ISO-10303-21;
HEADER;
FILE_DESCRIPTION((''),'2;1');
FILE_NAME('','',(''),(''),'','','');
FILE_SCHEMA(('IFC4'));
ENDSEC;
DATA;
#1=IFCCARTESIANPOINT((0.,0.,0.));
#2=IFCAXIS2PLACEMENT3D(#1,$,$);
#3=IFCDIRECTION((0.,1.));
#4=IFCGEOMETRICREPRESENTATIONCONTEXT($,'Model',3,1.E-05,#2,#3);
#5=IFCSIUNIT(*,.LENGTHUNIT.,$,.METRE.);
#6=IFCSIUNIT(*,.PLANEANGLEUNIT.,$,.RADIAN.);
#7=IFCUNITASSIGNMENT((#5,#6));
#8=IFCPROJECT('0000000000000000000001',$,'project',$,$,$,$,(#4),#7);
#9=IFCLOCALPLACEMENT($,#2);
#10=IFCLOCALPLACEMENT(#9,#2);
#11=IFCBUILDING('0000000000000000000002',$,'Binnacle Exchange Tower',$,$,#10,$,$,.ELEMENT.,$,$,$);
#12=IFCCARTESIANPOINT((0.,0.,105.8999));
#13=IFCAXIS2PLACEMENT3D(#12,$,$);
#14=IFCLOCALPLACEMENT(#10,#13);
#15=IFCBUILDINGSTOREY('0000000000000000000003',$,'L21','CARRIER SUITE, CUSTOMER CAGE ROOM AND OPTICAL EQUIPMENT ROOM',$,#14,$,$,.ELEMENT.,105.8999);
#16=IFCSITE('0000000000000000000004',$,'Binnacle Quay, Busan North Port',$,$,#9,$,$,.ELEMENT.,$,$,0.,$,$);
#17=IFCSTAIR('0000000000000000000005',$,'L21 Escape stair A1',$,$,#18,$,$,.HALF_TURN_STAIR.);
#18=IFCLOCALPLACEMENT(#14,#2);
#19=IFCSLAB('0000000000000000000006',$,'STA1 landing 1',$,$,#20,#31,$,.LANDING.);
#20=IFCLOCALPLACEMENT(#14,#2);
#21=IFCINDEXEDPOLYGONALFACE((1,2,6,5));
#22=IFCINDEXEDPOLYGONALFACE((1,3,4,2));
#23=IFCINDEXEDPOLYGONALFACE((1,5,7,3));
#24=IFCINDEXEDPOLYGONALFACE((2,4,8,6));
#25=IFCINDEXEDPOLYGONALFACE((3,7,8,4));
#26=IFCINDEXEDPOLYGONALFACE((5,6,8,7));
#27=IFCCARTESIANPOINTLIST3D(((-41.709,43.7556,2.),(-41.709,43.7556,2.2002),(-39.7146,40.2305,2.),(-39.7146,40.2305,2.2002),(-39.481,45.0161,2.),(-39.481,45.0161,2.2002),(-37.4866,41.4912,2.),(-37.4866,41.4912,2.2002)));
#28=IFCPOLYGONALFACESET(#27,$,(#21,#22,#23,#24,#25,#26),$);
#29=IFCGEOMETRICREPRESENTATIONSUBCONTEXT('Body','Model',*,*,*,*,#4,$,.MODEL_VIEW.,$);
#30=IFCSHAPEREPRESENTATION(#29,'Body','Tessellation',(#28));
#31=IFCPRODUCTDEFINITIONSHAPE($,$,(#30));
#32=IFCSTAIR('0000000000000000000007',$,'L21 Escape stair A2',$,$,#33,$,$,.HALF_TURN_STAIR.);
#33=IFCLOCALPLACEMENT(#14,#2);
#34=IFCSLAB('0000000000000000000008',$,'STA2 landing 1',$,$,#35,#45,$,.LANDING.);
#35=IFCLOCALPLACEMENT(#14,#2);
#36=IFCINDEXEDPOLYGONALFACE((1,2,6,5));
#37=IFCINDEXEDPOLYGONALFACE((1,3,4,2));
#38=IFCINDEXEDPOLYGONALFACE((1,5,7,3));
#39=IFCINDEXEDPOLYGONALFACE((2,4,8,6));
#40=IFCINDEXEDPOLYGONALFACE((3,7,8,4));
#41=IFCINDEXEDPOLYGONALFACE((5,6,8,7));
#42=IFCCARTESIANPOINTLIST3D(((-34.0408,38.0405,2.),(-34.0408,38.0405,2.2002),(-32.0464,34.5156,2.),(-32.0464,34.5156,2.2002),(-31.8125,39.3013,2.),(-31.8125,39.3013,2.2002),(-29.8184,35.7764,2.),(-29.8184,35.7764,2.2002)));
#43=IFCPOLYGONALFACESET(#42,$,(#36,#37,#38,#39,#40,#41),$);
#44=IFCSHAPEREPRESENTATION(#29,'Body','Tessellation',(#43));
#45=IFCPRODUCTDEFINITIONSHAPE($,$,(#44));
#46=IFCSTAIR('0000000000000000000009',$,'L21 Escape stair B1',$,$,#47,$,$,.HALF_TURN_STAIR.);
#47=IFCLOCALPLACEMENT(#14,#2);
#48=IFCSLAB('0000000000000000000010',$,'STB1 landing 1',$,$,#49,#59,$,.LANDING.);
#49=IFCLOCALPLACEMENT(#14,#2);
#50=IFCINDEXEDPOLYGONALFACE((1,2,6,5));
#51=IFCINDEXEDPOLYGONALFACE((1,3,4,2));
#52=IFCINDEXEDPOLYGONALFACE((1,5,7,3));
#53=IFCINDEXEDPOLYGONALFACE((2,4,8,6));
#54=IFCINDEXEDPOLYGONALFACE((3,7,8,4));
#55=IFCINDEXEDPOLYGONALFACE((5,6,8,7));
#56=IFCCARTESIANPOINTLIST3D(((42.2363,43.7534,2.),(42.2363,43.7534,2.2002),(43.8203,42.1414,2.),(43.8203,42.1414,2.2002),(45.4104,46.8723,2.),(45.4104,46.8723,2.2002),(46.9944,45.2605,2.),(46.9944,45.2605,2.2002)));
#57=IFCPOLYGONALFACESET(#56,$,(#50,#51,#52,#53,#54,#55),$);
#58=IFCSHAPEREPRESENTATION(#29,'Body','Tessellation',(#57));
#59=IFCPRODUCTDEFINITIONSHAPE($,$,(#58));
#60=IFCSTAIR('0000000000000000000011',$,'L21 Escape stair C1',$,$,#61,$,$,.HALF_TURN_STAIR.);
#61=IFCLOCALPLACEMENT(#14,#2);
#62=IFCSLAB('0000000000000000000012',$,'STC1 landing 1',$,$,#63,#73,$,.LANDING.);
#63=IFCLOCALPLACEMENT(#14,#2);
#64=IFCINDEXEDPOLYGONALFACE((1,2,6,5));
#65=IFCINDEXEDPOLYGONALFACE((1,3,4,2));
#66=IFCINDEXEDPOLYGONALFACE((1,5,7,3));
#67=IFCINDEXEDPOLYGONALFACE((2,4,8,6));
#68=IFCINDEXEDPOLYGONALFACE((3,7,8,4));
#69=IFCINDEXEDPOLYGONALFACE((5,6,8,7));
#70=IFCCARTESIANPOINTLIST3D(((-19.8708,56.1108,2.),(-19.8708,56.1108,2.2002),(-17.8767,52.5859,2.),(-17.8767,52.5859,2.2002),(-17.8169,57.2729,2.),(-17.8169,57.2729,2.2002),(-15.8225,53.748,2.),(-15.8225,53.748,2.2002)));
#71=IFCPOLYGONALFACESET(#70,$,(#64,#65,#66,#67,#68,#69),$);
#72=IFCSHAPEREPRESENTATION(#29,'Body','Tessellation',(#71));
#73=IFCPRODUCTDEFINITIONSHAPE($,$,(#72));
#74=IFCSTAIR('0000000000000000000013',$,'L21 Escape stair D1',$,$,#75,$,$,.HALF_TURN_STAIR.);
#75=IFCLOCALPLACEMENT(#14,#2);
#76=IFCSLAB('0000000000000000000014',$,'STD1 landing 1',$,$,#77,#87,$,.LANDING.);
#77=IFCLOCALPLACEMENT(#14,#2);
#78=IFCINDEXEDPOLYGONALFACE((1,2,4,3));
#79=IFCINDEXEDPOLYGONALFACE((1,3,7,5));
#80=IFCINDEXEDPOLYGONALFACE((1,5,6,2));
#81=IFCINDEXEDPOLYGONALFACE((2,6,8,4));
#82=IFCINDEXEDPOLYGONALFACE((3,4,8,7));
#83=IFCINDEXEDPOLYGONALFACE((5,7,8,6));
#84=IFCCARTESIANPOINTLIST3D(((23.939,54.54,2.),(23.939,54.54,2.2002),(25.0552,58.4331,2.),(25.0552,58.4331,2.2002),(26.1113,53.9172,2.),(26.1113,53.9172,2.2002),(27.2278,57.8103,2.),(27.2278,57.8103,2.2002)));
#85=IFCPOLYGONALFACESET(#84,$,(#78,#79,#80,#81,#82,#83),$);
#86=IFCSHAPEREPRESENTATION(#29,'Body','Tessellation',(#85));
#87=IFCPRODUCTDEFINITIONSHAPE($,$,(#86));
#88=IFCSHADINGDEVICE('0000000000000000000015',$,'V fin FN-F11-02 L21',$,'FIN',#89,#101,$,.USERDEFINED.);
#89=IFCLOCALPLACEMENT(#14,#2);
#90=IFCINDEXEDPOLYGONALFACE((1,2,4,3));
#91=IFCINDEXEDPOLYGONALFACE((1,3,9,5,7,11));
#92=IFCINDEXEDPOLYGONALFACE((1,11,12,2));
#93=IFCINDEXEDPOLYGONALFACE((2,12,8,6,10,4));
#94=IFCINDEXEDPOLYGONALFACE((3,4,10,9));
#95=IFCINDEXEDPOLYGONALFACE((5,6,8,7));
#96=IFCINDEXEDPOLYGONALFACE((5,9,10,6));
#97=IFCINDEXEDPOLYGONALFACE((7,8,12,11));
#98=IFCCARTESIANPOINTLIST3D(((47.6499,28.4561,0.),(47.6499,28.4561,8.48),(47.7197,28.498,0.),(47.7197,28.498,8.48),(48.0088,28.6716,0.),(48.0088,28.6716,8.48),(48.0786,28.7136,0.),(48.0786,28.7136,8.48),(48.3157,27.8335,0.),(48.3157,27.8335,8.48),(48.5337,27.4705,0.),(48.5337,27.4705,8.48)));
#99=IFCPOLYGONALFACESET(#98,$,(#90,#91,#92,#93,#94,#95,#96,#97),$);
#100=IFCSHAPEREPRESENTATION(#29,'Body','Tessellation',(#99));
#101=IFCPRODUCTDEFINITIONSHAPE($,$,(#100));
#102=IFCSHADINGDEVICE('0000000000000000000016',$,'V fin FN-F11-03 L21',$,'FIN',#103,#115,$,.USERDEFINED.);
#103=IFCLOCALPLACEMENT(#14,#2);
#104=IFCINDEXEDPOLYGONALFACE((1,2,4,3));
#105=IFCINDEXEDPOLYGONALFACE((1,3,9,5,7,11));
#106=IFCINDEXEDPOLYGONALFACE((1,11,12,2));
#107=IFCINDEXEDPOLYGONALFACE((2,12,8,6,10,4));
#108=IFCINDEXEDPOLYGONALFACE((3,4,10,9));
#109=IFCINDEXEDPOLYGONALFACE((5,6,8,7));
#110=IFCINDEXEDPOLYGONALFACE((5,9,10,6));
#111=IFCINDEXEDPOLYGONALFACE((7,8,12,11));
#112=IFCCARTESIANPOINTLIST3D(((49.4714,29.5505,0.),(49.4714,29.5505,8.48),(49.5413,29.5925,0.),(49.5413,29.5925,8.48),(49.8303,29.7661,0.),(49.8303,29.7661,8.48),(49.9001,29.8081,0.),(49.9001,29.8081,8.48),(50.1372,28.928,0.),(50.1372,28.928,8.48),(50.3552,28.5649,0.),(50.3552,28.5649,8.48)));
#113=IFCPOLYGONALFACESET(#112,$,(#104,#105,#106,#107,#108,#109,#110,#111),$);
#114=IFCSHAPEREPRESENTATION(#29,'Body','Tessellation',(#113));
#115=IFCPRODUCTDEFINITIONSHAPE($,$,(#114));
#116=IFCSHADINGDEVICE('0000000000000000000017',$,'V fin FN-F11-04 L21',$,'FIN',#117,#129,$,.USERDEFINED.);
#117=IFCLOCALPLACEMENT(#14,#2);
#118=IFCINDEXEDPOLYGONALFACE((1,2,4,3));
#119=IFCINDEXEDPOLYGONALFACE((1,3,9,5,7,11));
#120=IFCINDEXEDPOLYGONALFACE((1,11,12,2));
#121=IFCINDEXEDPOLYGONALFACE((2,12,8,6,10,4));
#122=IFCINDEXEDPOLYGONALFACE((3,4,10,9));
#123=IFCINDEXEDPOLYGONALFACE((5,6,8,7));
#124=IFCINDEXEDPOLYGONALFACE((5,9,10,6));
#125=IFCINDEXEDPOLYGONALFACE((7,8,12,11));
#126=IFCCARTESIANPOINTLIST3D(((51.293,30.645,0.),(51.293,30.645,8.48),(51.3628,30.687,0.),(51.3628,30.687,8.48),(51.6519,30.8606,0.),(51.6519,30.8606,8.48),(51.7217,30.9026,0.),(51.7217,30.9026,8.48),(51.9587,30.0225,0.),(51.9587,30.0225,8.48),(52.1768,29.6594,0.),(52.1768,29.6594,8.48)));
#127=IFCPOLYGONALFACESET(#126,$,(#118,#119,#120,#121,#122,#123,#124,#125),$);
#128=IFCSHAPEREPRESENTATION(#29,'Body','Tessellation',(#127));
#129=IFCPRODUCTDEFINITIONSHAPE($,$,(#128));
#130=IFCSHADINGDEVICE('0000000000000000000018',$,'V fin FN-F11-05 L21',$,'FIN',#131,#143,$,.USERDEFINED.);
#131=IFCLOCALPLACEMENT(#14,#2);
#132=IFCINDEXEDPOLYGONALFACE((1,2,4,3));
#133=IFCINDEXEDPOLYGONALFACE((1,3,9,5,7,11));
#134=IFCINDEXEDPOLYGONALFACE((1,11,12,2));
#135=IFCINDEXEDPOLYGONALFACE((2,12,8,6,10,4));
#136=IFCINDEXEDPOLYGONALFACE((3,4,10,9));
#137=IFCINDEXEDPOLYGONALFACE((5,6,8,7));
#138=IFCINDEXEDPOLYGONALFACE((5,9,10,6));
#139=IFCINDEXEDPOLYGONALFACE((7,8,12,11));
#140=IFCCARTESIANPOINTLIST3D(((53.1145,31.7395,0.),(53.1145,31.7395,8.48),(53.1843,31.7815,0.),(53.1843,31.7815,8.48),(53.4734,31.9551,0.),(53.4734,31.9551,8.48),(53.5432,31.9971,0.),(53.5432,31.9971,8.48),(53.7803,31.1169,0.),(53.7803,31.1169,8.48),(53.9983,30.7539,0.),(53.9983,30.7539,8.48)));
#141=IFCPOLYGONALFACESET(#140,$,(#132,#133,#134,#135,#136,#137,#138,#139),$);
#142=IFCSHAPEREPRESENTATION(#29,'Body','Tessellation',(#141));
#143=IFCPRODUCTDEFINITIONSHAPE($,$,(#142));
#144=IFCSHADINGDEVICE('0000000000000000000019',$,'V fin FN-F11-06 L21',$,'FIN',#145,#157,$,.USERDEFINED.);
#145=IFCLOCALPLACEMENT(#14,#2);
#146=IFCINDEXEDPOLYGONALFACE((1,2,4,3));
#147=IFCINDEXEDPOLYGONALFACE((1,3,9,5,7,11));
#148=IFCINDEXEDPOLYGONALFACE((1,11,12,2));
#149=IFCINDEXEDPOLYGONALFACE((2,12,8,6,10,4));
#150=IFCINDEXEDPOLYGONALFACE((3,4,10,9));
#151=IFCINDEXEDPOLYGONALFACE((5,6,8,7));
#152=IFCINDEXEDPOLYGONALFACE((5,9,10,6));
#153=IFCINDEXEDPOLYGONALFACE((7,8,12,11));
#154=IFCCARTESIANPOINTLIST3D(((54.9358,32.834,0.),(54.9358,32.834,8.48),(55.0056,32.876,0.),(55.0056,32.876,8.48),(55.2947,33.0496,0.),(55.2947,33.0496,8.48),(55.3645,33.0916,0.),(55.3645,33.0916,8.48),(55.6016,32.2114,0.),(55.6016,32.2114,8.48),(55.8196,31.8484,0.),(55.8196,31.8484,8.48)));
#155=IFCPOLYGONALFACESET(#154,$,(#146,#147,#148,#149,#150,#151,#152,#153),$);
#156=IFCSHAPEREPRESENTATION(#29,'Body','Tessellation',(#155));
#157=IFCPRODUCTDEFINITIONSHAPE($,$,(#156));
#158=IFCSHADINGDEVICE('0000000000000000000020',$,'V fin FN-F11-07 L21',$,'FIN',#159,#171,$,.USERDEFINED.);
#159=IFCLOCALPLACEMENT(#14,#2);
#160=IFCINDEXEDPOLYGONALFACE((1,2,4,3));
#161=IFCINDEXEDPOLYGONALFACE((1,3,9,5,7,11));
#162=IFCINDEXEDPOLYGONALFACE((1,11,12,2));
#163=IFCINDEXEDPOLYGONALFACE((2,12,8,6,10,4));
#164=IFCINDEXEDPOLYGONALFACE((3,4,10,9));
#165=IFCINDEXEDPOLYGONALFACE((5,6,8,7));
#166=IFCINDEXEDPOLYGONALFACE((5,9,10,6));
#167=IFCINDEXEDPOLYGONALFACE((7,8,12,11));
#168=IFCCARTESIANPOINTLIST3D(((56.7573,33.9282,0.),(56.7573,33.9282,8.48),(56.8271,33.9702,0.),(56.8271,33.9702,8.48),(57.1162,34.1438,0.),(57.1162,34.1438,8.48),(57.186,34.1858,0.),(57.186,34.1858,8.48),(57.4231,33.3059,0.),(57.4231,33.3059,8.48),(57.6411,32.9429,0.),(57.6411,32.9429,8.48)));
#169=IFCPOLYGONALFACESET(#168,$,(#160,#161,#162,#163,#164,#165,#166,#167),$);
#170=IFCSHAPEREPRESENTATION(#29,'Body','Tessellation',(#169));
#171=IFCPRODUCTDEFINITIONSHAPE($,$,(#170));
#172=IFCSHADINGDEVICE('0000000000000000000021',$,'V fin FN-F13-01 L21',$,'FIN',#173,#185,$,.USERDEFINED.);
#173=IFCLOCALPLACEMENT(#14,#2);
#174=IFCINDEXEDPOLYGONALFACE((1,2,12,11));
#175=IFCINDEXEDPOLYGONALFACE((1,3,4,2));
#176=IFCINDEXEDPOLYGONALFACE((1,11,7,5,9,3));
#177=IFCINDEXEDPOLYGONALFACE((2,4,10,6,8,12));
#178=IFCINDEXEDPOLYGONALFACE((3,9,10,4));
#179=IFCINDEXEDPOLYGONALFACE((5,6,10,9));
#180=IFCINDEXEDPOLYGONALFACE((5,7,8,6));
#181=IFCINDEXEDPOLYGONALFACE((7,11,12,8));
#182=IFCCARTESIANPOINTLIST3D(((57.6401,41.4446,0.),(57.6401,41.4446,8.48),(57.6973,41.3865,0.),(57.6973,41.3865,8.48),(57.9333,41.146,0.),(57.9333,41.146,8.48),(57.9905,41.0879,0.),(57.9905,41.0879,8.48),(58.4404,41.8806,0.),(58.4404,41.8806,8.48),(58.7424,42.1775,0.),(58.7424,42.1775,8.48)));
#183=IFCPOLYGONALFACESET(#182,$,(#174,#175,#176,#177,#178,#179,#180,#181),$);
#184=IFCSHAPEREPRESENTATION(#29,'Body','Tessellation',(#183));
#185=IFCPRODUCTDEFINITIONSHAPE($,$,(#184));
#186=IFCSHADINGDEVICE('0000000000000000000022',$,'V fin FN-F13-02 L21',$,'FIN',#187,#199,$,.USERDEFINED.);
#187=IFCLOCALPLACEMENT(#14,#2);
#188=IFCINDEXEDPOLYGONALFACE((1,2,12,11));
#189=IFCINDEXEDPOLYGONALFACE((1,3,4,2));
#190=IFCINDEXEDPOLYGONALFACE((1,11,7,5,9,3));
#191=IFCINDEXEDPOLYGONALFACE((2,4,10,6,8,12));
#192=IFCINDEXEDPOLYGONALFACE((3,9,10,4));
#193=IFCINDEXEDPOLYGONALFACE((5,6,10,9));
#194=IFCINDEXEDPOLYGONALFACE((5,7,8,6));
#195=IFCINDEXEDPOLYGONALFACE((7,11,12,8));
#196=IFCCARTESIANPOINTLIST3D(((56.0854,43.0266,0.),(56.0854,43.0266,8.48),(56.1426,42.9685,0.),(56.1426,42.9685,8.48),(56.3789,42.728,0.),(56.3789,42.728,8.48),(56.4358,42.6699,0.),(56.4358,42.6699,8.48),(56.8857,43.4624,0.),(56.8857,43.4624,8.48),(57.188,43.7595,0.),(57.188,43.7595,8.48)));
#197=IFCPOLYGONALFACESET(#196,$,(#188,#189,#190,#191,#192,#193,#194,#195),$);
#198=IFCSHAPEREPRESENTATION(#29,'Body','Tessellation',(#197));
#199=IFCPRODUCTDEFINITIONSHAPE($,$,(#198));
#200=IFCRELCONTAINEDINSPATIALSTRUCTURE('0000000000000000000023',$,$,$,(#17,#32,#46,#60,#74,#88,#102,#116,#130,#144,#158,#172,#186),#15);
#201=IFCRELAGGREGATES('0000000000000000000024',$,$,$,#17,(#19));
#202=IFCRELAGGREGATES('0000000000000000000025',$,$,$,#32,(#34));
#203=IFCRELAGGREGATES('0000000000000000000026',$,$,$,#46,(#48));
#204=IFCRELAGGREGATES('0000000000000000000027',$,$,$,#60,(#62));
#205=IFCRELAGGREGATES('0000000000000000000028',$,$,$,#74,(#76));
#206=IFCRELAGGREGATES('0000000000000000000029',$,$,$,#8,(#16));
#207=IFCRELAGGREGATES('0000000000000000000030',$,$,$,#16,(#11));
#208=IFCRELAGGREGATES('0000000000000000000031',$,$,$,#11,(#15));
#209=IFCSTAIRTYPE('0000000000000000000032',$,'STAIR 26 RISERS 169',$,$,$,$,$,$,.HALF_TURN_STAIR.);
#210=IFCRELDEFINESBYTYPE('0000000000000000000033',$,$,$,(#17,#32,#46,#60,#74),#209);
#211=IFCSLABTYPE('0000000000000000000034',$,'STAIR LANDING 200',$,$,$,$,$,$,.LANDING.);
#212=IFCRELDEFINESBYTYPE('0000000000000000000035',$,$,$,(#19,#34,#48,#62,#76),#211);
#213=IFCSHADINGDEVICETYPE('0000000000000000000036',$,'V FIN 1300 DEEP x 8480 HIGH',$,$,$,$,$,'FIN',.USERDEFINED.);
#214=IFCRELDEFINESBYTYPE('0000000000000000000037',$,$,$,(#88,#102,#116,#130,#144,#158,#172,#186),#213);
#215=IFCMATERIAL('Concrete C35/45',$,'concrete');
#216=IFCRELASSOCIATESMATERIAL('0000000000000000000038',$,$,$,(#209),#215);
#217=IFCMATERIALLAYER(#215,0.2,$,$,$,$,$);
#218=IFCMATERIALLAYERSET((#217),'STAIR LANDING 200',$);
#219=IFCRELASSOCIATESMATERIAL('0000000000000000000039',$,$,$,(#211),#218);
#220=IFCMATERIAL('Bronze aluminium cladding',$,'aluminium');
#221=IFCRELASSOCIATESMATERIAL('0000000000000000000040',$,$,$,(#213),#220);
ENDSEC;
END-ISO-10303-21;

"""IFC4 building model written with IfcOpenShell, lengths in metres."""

from ifc_helpers import new_model, si_unit, direction, frame, origin, place, context, subcontext, project, spatial, polyline, outline, extrude, material, layer, layer_set, type_object, element, aggregate, save


model = new_model("IFC4")

# Units and contexts
model_context = context("Model", 3, precision=1e-05, world=origin(), true_north=direction((0.0, 1.0)))
body_context = subcontext(model_context, "Body", "Model", "MODEL_VIEW")
ifc_project = project(units=[si_unit("LENGTHUNIT", "METRE"), si_unit("PLANEANGLEUNIT", "RADIAN")], contexts=[model_context])

# Site, building, storey
site_placement = place(None, origin())
site = spatial("IfcSite", under=ifc_project, at=site_placement, Name="Binnacle Quay, Busan North Port", CompositionType="ELEMENT", RefElevation=0.0)
building_placement = place(site_placement, origin())
building = spatial("IfcBuilding", under=site, at=building_placement, Name="Binnacle Exchange Tower", CompositionType="ELEMENT")
storey_placement = place(building_placement, frame((0.0, 0.0, 105.8999)))
storey = spatial("IfcBuildingStorey", under=building, at=storey_placement, Name="L21", Description="CARRIER SUITE, CUSTOMER CAGE ROOM AND OPTICAL EQUIPMENT ROOM", CompositionType="ELEMENT", Elevation=105.8999)

# Stairs, slabs
ifc_material_1 = material(Name="Concrete C35/45", Category="concrete")
stair_type = type_object("IfcStairType", Name="STAIR 26 RISERS 169", PredefinedType="HALF_TURN_STAIR", material=ifc_material_1)
stair_1_placement = place(storey_placement, origin())
stair_1 = element("IfcStair", 1, at=stair_1_placement, inside=storey, type_object=stair_type, Name="L21 Escape stair A1", PredefinedType="HALF_TURN_STAIR")
ifc_layer = layer(ifc_material_1, 0.2)
ifc_layer_set = layer_set([ifc_layer], Name="STAIR LANDING 200")
slab_type = type_object("IfcSlabType", Name="STAIR LANDING 200", PredefinedType="LANDING", material=ifc_layer_set)
slab_1_placement = place(storey_placement, frame((0.0, 0.0, 2.0)))
slab_1 = element("IfcSlab", 2, at=slab_1_placement, type_object=slab_type, Name="STA1 landing 1", PredefinedType="LANDING", context=body_context, shape_type="SweptSolid", body=[
    extrude(outline(polyline([(-39.7146, 40.2305), (-37.4866, 41.4912), (-39.481, 45.0161), (-41.709, 43.7556), (-39.7146, 40.2305)])), origin(), (0.0, 0.0, 1.0), 0.2002),
])
aggregate(stair_1, [slab_1])
stair_2_placement = place(storey_placement, origin())
stair_2 = element("IfcStair", 3, at=stair_2_placement, inside=storey, type_object=stair_type, Name="L21 Escape stair A2", PredefinedType="HALF_TURN_STAIR")
slab_2_placement = place(storey_placement, frame((0.0, 0.0, 2.0)))
slab_2 = element("IfcSlab", 4, at=slab_2_placement, type_object=slab_type, Name="STA2 landing 1", PredefinedType="LANDING", context=body_context, shape_type="SweptSolid", body=[
    extrude(outline(polyline([(-31.8125, 39.3013), (-34.0408, 38.0405), (-32.0464, 34.5156), (-29.8184, 35.7764), (-31.8125, 39.3013)])), origin(), (0.0, 0.0, 1.0), 0.2002),
])
aggregate(stair_2, [slab_2])
stair_3_placement = place(storey_placement, origin())
stair_3 = element("IfcStair", 5, at=stair_3_placement, inside=storey, type_object=stair_type, Name="L21 Escape stair B1", PredefinedType="HALF_TURN_STAIR")
slab_3_placement = place(storey_placement, frame((0.0, 0.0, 2.0)))
slab_3 = element("IfcSlab", 6, at=slab_3_placement, type_object=slab_type, Name="STB1 landing 1", PredefinedType="LANDING", context=body_context, shape_type="SweptSolid", body=[
    extrude(outline(polyline([(42.2363, 43.7534), (43.8203, 42.1414), (46.9944, 45.2605), (45.4104, 46.8723), (42.2363, 43.7534)])), origin(), (0.0, 0.0, 1.0), 0.2002),
])
aggregate(stair_3, [slab_3])
stair_4_placement = place(storey_placement, origin())
stair_4 = element("IfcStair", 7, at=stair_4_placement, inside=storey, type_object=stair_type, Name="L21 Escape stair C1", PredefinedType="HALF_TURN_STAIR")
slab_4_placement = place(storey_placement, frame((0.0, 0.0, 2.0)))
slab_4 = element("IfcSlab", 8, at=slab_4_placement, type_object=slab_type, Name="STC1 landing 1", PredefinedType="LANDING", context=body_context, shape_type="SweptSolid", body=[
    extrude(outline(polyline([(-17.8767, 52.5859), (-15.8225, 53.748), (-17.8169, 57.2729), (-19.8708, 56.1108), (-17.8767, 52.5859)])), origin(), (0.0, 0.0, 1.0), 0.2002),
])
aggregate(stair_4, [slab_4])
stair_5_placement = place(storey_placement, origin())
stair_5 = element("IfcStair", 9, at=stair_5_placement, inside=storey, type_object=stair_type, Name="L21 Escape stair D1", PredefinedType="HALF_TURN_STAIR")
slab_5_placement = place(storey_placement, frame((0.0, 0.0, 2.0)))
slab_5 = element("IfcSlab", 10, at=slab_5_placement, type_object=slab_type, Name="STD1 landing 1", PredefinedType="LANDING", context=body_context, shape_type="SweptSolid", body=[
    extrude(outline(polyline([(23.939, 54.54), (26.1113, 53.9172), (27.2278, 57.8103), (25.0552, 58.4331), (23.939, 54.54)])), origin(), (0.0, 0.0, 1.0), 0.2002),
])
aggregate(stair_5, [slab_5])

# Shading devices
ifc_material_2 = material(Name="Bronze aluminium cladding", Category="aluminium")
shading_device_type = type_object("IfcShadingDeviceType", Name="V FIN 1300 DEEP x 8480 HIGH", ElementType="FIN", PredefinedType="USERDEFINED", material=ifc_material_2)
shading_device_1_placement = place(storey_placement, origin())
element("IfcShadingDevice", 11, at=shading_device_1_placement, inside=storey, type_object=shading_device_type, Name="V fin FN-F11-02 L21", ObjectType="FIN", PredefinedType="USERDEFINED", context=body_context, shape_type="SweptSolid", body=[
    extrude(outline(polyline([(47.6499, 28.4561), (48.5337, 27.4705), (48.0786, 28.7136), (48.0088, 28.6716), (48.3157, 27.8335), (47.7197, 28.498), (47.6499, 28.4561)])), origin(), (0.0, 0.0, 1.0), 8.48),
])
shading_device_2_placement = place(storey_placement, origin())
element("IfcShadingDevice", 12, at=shading_device_2_placement, inside=storey, type_object=shading_device_type, Name="V fin FN-F11-03 L21", ObjectType="FIN", PredefinedType="USERDEFINED", context=body_context, shape_type="SweptSolid", body=[
    extrude(outline(polyline([(49.4714, 29.5505), (50.3552, 28.5649), (49.9001, 29.8081), (49.8303, 29.7661), (50.1372, 28.928), (49.5413, 29.5925), (49.4714, 29.5505)])), origin(), (0.0, 0.0, 1.0), 8.48),
])
shading_device_3_placement = place(storey_placement, origin())
element("IfcShadingDevice", 13, at=shading_device_3_placement, inside=storey, type_object=shading_device_type, Name="V fin FN-F11-04 L21", ObjectType="FIN", PredefinedType="USERDEFINED", context=body_context, shape_type="SweptSolid", body=[
    extrude(outline(polyline([(51.293, 30.645), (52.1768, 29.6594), (51.7217, 30.9026), (51.6519, 30.8606), (51.9587, 30.0225), (51.3628, 30.687), (51.293, 30.645)])), origin(), (0.0, 0.0, 1.0), 8.48),
])
shading_device_4_placement = place(storey_placement, origin())
element("IfcShadingDevice", 14, at=shading_device_4_placement, inside=storey, type_object=shading_device_type, Name="V fin FN-F11-05 L21", ObjectType="FIN", PredefinedType="USERDEFINED", context=body_context, shape_type="SweptSolid", body=[
    extrude(outline(polyline([(53.1145, 31.7395), (53.9983, 30.7539), (53.5432, 31.9971), (53.4734, 31.9551), (53.7803, 31.1169), (53.1843, 31.7815), (53.1145, 31.7395)])), origin(), (0.0, 0.0, 1.0), 8.48),
])
shading_device_5_placement = place(storey_placement, origin())
element("IfcShadingDevice", 15, at=shading_device_5_placement, inside=storey, type_object=shading_device_type, Name="V fin FN-F11-06 L21", ObjectType="FIN", PredefinedType="USERDEFINED", context=body_context, shape_type="SweptSolid", body=[
    extrude(outline(polyline([(54.9358, 32.834), (55.8196, 31.8484), (55.3645, 33.0916), (55.2947, 33.0496), (55.6016, 32.2114), (55.0056, 32.876), (54.9358, 32.834)])), origin(), (0.0, 0.0, 1.0), 8.48),
])
shading_device_6_placement = place(storey_placement, origin())
element("IfcShadingDevice", 16, at=shading_device_6_placement, inside=storey, type_object=shading_device_type, Name="V fin FN-F11-07 L21", ObjectType="FIN", PredefinedType="USERDEFINED", context=body_context, shape_type="SweptSolid", body=[
    extrude(outline(polyline([(56.7573, 33.9282), (57.6411, 32.9429), (57.186, 34.1858), (57.1162, 34.1438), (57.4231, 33.3059), (56.8271, 33.9702), (56.7573, 33.9282)])), origin(), (0.0, 0.0, 1.0), 8.48),
])
shading_device_7_placement = place(storey_placement, origin())
element("IfcShadingDevice", 17, at=shading_device_7_placement, inside=storey, type_object=shading_device_type, Name="V fin FN-F13-01 L21", ObjectType="FIN", PredefinedType="USERDEFINED", context=body_context, shape_type="SweptSolid", body=[
    extrude(outline(polyline([(57.9905, 41.0879), (58.7424, 42.1775), (57.6401, 41.4446), (57.6973, 41.3865), (58.4404, 41.8806), (57.9333, 41.146), (57.9905, 41.0879)])), origin(), (0.0, 0.0, 1.0), 8.48),
])
shading_device_8_placement = place(storey_placement, origin())
element("IfcShadingDevice", 18, at=shading_device_8_placement, inside=storey, type_object=shading_device_type, Name="V fin FN-F13-02 L21", ObjectType="FIN", PredefinedType="USERDEFINED", context=body_context, shape_type="SweptSolid", body=[
    extrude(outline(polyline([(56.4358, 42.6699), (57.188, 43.7595), (56.0854, 43.0266), (56.1426, 42.9685), (56.8857, 43.4624), (56.3789, 42.728), (56.4358, 42.6699)])), origin(), (0.0, 0.0, 1.0), 8.48),
])

save(model, "model.ifc")
